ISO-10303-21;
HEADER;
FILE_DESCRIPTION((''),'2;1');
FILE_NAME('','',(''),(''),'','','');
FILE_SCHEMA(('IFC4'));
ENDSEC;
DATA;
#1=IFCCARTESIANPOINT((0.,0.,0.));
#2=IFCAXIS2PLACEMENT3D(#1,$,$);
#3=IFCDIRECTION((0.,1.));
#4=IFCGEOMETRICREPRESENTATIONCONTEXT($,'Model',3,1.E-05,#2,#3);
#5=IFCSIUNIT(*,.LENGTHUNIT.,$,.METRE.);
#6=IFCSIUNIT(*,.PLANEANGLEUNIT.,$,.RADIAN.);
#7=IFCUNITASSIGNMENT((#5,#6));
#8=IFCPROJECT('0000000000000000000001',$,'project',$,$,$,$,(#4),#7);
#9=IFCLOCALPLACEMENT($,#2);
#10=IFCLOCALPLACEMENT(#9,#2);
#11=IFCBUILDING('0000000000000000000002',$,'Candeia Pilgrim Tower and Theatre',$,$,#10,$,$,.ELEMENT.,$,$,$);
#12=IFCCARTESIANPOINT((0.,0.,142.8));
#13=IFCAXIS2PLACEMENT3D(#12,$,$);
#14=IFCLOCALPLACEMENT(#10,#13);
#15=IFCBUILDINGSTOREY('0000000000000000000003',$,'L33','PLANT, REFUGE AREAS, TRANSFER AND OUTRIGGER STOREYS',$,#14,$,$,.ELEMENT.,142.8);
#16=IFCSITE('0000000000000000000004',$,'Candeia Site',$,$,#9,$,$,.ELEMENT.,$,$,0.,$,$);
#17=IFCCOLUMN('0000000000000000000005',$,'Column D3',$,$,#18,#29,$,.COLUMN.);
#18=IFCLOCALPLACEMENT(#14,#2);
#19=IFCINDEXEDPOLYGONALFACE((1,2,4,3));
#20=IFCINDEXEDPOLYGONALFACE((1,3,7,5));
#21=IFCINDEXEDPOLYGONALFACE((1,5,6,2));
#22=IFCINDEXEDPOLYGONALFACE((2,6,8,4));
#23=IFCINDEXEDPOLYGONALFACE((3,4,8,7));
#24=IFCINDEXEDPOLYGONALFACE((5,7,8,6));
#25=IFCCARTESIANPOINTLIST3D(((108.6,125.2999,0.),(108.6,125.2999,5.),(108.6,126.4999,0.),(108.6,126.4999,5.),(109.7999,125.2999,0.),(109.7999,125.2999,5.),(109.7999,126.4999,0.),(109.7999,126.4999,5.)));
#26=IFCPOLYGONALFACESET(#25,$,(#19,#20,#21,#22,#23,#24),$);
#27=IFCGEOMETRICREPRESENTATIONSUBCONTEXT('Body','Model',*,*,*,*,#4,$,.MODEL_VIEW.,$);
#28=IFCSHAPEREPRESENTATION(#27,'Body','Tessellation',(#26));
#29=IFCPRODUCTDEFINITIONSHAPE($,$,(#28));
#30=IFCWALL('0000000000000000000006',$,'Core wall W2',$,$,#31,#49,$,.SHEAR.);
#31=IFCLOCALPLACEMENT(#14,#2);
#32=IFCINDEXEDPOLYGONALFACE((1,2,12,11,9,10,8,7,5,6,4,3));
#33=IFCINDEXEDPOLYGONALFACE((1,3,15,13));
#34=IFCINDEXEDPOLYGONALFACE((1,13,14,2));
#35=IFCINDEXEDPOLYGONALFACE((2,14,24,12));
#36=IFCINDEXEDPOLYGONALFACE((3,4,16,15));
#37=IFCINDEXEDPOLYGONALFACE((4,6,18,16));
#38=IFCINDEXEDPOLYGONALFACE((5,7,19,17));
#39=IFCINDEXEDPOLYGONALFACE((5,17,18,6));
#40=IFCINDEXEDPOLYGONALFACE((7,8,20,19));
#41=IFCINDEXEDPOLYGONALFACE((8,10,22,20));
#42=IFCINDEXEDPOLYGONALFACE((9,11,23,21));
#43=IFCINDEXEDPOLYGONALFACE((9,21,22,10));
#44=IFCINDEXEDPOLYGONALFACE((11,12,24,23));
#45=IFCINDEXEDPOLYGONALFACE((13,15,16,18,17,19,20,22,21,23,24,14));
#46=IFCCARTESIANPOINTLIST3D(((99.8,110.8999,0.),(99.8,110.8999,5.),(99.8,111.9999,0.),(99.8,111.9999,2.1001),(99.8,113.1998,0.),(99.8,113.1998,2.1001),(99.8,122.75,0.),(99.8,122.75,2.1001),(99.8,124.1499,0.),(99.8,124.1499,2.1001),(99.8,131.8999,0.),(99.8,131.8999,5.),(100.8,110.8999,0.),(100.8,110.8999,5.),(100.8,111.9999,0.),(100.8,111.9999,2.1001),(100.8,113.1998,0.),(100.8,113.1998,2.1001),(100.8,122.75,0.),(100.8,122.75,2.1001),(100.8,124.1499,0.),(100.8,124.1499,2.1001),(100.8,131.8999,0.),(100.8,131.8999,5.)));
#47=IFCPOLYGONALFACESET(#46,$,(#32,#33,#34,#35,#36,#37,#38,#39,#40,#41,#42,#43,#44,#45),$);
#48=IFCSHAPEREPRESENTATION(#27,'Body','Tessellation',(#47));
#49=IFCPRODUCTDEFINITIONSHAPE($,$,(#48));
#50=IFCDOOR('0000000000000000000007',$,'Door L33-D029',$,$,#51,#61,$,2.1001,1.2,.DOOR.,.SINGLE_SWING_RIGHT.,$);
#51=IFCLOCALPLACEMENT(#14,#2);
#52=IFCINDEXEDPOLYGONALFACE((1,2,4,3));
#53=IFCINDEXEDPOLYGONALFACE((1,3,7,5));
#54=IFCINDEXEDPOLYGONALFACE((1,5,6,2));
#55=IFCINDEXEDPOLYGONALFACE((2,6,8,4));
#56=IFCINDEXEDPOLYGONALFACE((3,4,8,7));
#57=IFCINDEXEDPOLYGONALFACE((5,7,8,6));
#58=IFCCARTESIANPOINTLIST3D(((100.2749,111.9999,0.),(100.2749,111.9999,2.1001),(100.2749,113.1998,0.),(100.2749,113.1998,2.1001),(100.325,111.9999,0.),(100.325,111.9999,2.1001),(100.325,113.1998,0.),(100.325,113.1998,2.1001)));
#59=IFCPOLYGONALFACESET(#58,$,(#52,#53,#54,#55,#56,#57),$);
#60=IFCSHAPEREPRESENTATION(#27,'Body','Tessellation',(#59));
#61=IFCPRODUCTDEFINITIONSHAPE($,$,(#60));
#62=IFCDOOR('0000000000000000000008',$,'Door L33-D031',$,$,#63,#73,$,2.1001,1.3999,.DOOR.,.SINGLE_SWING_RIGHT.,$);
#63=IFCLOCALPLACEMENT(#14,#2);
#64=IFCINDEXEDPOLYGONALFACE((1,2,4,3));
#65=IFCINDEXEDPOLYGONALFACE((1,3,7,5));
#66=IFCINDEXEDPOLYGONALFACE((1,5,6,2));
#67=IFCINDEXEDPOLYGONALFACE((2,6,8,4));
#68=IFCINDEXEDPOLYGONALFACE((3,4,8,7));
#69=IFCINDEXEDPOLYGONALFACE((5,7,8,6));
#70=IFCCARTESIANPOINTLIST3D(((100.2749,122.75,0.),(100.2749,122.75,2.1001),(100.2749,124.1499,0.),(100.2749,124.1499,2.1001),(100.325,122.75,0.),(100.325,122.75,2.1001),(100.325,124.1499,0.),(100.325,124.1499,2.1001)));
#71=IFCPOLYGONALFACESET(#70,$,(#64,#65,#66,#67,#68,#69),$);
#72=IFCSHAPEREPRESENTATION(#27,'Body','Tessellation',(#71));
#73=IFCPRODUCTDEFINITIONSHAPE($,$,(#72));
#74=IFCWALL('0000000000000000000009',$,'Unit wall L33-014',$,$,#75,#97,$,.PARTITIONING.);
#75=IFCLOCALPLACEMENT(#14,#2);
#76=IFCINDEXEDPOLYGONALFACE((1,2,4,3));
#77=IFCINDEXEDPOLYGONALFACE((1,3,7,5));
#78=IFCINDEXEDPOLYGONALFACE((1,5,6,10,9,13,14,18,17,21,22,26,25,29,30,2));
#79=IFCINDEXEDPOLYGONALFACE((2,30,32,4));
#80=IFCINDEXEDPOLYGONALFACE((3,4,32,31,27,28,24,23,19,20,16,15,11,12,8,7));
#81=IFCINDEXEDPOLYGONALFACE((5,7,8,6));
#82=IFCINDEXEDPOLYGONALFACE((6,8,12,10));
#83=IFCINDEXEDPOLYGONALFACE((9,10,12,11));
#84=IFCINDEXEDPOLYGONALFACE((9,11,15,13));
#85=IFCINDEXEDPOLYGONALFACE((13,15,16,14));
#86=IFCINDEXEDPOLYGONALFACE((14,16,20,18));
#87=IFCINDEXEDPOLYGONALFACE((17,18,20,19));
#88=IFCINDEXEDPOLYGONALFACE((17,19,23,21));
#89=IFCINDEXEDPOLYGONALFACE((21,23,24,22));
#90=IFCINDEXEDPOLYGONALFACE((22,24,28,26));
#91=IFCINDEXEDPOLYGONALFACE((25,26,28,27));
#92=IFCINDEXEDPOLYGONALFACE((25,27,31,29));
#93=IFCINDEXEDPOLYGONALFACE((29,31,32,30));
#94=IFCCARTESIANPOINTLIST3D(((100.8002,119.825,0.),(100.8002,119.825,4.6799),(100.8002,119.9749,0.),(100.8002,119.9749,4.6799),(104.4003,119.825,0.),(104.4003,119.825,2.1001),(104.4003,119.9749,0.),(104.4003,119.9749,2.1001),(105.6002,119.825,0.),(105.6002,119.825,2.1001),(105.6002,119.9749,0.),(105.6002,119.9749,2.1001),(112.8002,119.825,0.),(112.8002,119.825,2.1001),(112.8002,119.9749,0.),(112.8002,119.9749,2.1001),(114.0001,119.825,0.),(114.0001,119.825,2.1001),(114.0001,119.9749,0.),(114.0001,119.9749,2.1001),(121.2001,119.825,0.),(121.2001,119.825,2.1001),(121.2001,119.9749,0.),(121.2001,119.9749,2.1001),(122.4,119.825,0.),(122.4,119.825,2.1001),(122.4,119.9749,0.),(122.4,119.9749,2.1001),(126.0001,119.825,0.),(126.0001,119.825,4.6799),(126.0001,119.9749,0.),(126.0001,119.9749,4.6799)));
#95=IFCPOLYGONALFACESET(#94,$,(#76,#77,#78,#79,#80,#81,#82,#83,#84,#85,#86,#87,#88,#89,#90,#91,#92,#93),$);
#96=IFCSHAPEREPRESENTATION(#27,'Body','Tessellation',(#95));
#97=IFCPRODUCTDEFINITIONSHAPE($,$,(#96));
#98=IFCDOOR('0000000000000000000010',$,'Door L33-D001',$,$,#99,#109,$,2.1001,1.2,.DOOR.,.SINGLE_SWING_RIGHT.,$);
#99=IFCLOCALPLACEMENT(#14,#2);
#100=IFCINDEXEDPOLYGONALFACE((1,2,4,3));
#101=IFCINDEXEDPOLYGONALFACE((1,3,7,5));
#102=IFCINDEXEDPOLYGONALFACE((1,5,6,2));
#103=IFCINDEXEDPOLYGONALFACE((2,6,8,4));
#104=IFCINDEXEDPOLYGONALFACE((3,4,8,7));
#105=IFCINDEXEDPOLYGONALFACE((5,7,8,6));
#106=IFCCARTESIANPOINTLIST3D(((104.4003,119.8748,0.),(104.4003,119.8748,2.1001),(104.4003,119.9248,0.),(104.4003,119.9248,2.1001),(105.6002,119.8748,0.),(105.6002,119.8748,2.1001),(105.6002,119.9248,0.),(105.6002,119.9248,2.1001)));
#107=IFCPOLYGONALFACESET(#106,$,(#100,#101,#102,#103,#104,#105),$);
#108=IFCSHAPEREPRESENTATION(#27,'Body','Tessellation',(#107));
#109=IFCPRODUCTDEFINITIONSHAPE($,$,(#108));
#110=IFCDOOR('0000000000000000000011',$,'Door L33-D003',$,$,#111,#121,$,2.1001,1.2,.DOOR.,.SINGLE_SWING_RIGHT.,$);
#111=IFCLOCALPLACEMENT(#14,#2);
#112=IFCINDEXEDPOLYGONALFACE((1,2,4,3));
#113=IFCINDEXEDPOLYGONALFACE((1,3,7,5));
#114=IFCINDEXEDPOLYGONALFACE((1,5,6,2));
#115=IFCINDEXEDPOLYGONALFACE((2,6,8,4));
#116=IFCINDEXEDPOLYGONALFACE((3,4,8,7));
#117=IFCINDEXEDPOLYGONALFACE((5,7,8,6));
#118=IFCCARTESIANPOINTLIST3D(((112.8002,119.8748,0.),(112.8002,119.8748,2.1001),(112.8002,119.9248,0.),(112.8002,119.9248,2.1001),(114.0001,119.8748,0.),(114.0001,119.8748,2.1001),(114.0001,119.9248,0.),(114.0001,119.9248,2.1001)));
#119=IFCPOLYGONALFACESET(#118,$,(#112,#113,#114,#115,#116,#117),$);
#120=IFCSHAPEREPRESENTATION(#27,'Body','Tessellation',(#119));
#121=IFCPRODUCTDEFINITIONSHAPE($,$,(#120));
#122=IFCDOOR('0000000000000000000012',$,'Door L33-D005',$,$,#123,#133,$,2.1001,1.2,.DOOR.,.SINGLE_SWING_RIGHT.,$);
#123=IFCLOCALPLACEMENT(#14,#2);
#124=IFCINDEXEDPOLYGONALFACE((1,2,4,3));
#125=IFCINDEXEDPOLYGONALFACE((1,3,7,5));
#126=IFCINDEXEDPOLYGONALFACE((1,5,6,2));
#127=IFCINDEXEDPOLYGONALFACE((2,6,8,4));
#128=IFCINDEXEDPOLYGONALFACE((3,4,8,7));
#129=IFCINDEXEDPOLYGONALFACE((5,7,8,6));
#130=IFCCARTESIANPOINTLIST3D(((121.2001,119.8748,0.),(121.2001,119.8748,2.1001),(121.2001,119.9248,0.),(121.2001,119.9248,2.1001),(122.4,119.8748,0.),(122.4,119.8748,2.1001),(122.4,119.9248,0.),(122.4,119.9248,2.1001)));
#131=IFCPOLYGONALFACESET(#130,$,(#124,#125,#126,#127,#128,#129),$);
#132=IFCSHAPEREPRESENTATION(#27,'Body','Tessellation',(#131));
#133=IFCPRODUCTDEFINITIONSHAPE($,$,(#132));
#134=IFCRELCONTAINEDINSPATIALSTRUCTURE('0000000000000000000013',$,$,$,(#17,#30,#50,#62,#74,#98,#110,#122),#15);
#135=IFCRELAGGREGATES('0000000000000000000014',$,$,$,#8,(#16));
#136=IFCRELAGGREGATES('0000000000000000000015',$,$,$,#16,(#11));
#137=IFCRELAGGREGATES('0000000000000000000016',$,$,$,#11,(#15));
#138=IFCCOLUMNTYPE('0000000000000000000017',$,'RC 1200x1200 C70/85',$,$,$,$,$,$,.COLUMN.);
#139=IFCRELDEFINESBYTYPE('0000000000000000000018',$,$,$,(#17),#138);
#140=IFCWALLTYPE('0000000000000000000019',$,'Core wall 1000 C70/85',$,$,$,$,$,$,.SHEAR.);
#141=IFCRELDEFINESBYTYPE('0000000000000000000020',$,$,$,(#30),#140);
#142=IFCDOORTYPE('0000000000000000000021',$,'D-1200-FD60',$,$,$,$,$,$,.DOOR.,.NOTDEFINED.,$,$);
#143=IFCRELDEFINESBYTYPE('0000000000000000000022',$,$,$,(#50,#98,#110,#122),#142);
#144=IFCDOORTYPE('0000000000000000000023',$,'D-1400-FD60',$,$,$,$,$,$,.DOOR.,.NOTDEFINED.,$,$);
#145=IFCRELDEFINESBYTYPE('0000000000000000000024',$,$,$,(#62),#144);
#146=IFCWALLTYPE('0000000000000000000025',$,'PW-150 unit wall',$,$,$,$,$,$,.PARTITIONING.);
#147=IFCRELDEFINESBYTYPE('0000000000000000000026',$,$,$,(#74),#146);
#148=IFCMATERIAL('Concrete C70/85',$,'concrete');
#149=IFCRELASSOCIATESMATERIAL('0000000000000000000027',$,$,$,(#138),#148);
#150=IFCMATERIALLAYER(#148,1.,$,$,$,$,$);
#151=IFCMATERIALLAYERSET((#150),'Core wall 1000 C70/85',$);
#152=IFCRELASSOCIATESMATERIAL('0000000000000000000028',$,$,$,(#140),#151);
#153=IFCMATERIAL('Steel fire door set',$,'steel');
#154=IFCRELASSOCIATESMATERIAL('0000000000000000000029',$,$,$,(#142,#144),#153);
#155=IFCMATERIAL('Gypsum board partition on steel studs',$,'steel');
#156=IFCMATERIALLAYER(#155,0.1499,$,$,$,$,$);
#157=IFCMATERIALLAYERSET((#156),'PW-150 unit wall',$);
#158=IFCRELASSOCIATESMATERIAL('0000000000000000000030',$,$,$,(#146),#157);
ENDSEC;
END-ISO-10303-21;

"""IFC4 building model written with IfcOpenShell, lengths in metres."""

from ifc_helpers import new_model, si_unit, direction, frame, frame_2d, origin, origin_2d, place, context, subcontext, project, spatial, rectangle, extrude, material, layer, layer_set, material_profile, profile_set, type_object, element, fill, save


model = new_model("IFC4")

# Units and contexts
model_context = context("Model", 3, precision=1e-05, world=origin(), true_north=direction((0.0, 1.0)))
body_context = subcontext(model_context, "Body", "Model", "MODEL_VIEW")
ifc_project = project(units=[si_unit("LENGTHUNIT", "METRE"), si_unit("PLANEANGLEUNIT", "RADIAN")], contexts=[model_context])

# Site, building, storey
site_placement = place(None, origin())
site = spatial("IfcSite", under=ifc_project, at=site_placement, Name="Candeia Site", CompositionType="ELEMENT", RefElevation=0.0)
building_placement = place(site_placement, origin())
building = spatial("IfcBuilding", under=site, at=building_placement, Name="Candeia Pilgrim Tower and Theatre", CompositionType="ELEMENT")
storey_placement = place(building_placement, frame((0.0, 0.0, 142.8)))
storey = spatial("IfcBuildingStorey", under=building, at=storey_placement, Name="L33", Description="PLANT, REFUGE AREAS, TRANSFER AND OUTRIGGER STOREYS", CompositionType="ELEMENT", Elevation=142.8)

# Column
ifc_material_1 = material(Name="Concrete C70/85", Category="concrete")
ifc_material_profile = material_profile(ifc_material_1, rectangle(XDim=1.2, YDim=1.2, at=origin_2d()))
ifc_profile_set = profile_set([ifc_material_profile], Name="Concrete C70/85")
column_type = type_object("IfcColumnType", Name="RC 1200x1200 C70/85", PredefinedType="COLUMN", material=ifc_profile_set)
column_placement = place(storey_placement, frame((109.2, 125.8999, 0.0), z_axis=(0.0, 0.0, 1.0), x_axis=(1.0, 0.0, 0.0)))
element("IfcColumn", 1, at=column_placement, inside=storey, type_object=column_type, Name="Column D3", PredefinedType="COLUMN", context=body_context, shape_type="SweptSolid", body=[
    extrude(rectangle(XDim=1.2, YDim=1.2, at=origin_2d()), origin(), (0.0, 0.0, 1.0), 5.0),
])

# Walls, openings, doors
ifc_layer_1 = layer(ifc_material_1, 1.0)
ifc_layer_set_1 = layer_set([ifc_layer_1], Name="Core wall 1000 C70/85")
wall_type_1 = type_object("IfcWallType", Name="Core wall 1000 C70/85", PredefinedType="SHEAR", material=ifc_layer_set_1)
wall_1_placement = place(storey_placement, frame((100.3, 131.8999, 0.0), z_axis=(0.0, 0.0, 1.0), x_axis=(0.0, -1.0, 0.0)))
wall_1 = element("IfcWall", 2, at=wall_1_placement, inside=storey, type_object=wall_type_1, Name="Core wall W2", PredefinedType="SHEAR", context=body_context, shape_type="SweptSolid", body=[
    extrude(rectangle(XDim=21.0, YDim=1.0, at=frame_2d((10.5, 0.0))), origin(), (0.0, 0.0, 1.0), 5.0),
])
opening_1_placement = place(wall_1_placement, frame((18.7, 0.0, 0.0)))
opening_1 = element("IfcOpeningElement", 3, at=opening_1_placement, cuts=wall_1, PredefinedType="OPENING", context=body_context, shape_type="SweptSolid", body=[
    extrude(rectangle(XDim=1.2, YDim=2.1001, at=frame_2d((0.6001, 1.05))), frame((0.0, 0.51, 0.0), z_axis=(0.0, -1.0, 0.0), x_axis=(1.0, 0.0, 0.0)), (0.0, 0.0, 1.0), 1.02),
])
opening_2_placement = place(wall_1_placement, frame((7.75, 0.0, 0.0)))
opening_2 = element("IfcOpeningElement", 4, at=opening_2_placement, cuts=wall_1, PredefinedType="OPENING", context=body_context, shape_type="SweptSolid", body=[
    extrude(rectangle(XDim=1.3999, YDim=2.1001, at=frame_2d((0.7, 1.05))), frame((0.0, 0.51, 0.0), z_axis=(0.0, -1.0, 0.0), x_axis=(1.0, 0.0, 0.0)), (0.0, 0.0, 1.0), 1.02),
])
ifc_material_2 = material(Name="Steel fire door set", Category="steel")
door_type_1 = type_object("IfcDoorType", Name="D-1200-FD60", OperationType="NOTDEFINED", PredefinedType="DOOR", material=ifc_material_2)
door_1_placement = place(opening_1_placement, origin())
door_1 = element("IfcDoor", 5, at=door_1_placement, inside=storey, type_object=door_type_1, Name="Door L33-D029", OperationType="SINGLE_SWING_RIGHT", OverallHeight=2.1001, OverallWidth=1.2, PredefinedType="DOOR", context=body_context, shape_type="SweptSolid", body=[
    extrude(rectangle(XDim=1.2, YDim=2.1001, at=frame_2d((0.6001, 1.05))), frame((0.0, 0.0249, 0.0), z_axis=(0.0, -1.0, 0.0), x_axis=(1.0, 0.0, 0.0)), (0.0, 0.0, 1.0), 0.05),
])
fill(opening_1, door_1)
door_type_2 = type_object("IfcDoorType", Name="D-1400-FD60", OperationType="NOTDEFINED", PredefinedType="DOOR", material=ifc_material_2)
door_2_placement = place(opening_2_placement, origin())
door_2 = element("IfcDoor", 6, at=door_2_placement, inside=storey, type_object=door_type_2, Name="Door L33-D031", OperationType="SINGLE_SWING_RIGHT", OverallHeight=2.1001, OverallWidth=1.3999, PredefinedType="DOOR", context=body_context, shape_type="SweptSolid", body=[
    extrude(rectangle(XDim=1.3999, YDim=2.1001, at=frame_2d((0.7, 1.05))), frame((0.0, 0.0249, 0.0), z_axis=(0.0, -1.0, 0.0), x_axis=(1.0, 0.0, 0.0)), (0.0, 0.0, 1.0), 0.05),
])
fill(opening_2, door_2)
ifc_material_3 = material(Name="Gypsum board partition on steel studs", Category="steel")
ifc_layer_2 = layer(ifc_material_3, 0.1499)
ifc_layer_set_2 = layer_set([ifc_layer_2], Name="PW-150 unit wall")
wall_type_2 = type_object("IfcWallType", Name="PW-150 unit wall", PredefinedType="PARTITIONING", material=ifc_layer_set_2)
wall_2_placement = place(storey_placement, frame((100.8, 119.8999, 0.0), z_axis=(0.0, 0.0, 1.0), x_axis=(1.0, 0.0, 0.0)))
wall_2 = element("IfcWall", 7, at=wall_2_placement, inside=storey, type_object=wall_type_2, Name="Unit wall L33-014", PredefinedType="PARTITIONING", context=body_context, shape_type="SweptSolid", body=[
    extrude(rectangle(XDim=25.2, YDim=0.1499, at=frame_2d((12.6001, 0.0))), origin(), (0.0, 0.0, 1.0), 4.6799),
])
opening_3_placement = place(wall_2_placement, frame((3.6001, 0.0, 0.0)))
opening_3 = element("IfcOpeningElement", 8, at=opening_3_placement, cuts=wall_2, PredefinedType="OPENING", context=body_context, shape_type="SweptSolid", body=[
    extrude(rectangle(XDim=1.2, YDim=2.1001, at=frame_2d((0.6001, 1.05))), frame((0.0, 0.085, 0.0), z_axis=(0.0, -1.0, 0.0), x_axis=(1.0, 0.0, 0.0)), (0.0, 0.0, 1.0), 0.1699),
])
opening_4_placement = place(wall_2_placement, frame((12.0, 0.0, 0.0)))
opening_4 = element("IfcOpeningElement", 9, at=opening_4_placement, cuts=wall_2, PredefinedType="OPENING", context=body_context, shape_type="SweptSolid", body=[
    extrude(rectangle(XDim=1.2, YDim=2.1001, at=frame_2d((0.6001, 1.05))), frame((0.0, 0.085, 0.0), z_axis=(0.0, -1.0, 0.0), x_axis=(1.0, 0.0, 0.0)), (0.0, 0.0, 1.0), 0.1699),
])
opening_5_placement = place(wall_2_placement, frame((20.3999, 0.0, 0.0)))
opening_5 = element("IfcOpeningElement", 10, at=opening_5_placement, cuts=wall_2, PredefinedType="OPENING", context=body_context, shape_type="SweptSolid", body=[
    extrude(rectangle(XDim=1.2, YDim=2.1001, at=frame_2d((0.6001, 1.05))), frame((0.0, 0.085, 0.0), z_axis=(0.0, -1.0, 0.0), x_axis=(1.0, 0.0, 0.0)), (0.0, 0.0, 1.0), 0.1699),
])
door_3_placement = place(opening_3_placement, origin())
door_3 = element("IfcDoor", 11, at=door_3_placement, inside=storey, type_object=door_type_1, Name="Door L33-D001", OperationType="SINGLE_SWING_RIGHT", OverallHeight=2.1001, OverallWidth=1.2, PredefinedType="DOOR", context=body_context, shape_type="SweptSolid", body=[
    extrude(rectangle(XDim=1.2, YDim=2.1001, at=frame_2d((0.6001, 1.05))), frame((0.0, 0.0249, 0.0), z_axis=(0.0, -1.0, 0.0), x_axis=(1.0, 0.0, 0.0)), (0.0, 0.0, 1.0), 0.05),
])
fill(opening_3, door_3)
door_4_placement = place(opening_4_placement, origin())
door_4 = element("IfcDoor", 12, at=door_4_placement, inside=storey, type_object=door_type_1, Name="Door L33-D003", OperationType="SINGLE_SWING_RIGHT", OverallHeight=2.1001, OverallWidth=1.2, PredefinedType="DOOR", context=body_context, shape_type="SweptSolid", body=[
    extrude(rectangle(XDim=1.2, YDim=2.1001, at=frame_2d((0.6001, 1.05))), frame((0.0, 0.0249, 0.0), z_axis=(0.0, -1.0, 0.0), x_axis=(1.0, 0.0, 0.0)), (0.0, 0.0, 1.0), 0.05),
])
fill(opening_4, door_4)
door_5_placement = place(opening_5_placement, origin())
door_5 = element("IfcDoor", 13, at=door_5_placement, inside=storey, type_object=door_type_1, Name="Door L33-D005", OperationType="SINGLE_SWING_RIGHT", OverallHeight=2.1001, OverallWidth=1.2, PredefinedType="DOOR", context=body_context, shape_type="SweptSolid", body=[
    extrude(rectangle(XDim=1.2, YDim=2.1001, at=frame_2d((0.6001, 1.05))), frame((0.0, 0.0249, 0.0), z_axis=(0.0, -1.0, 0.0), x_axis=(1.0, 0.0, 0.0)), (0.0, 0.0, 1.0), 0.05),
])
fill(opening_5, door_5)

save(model, "model.ifc")
